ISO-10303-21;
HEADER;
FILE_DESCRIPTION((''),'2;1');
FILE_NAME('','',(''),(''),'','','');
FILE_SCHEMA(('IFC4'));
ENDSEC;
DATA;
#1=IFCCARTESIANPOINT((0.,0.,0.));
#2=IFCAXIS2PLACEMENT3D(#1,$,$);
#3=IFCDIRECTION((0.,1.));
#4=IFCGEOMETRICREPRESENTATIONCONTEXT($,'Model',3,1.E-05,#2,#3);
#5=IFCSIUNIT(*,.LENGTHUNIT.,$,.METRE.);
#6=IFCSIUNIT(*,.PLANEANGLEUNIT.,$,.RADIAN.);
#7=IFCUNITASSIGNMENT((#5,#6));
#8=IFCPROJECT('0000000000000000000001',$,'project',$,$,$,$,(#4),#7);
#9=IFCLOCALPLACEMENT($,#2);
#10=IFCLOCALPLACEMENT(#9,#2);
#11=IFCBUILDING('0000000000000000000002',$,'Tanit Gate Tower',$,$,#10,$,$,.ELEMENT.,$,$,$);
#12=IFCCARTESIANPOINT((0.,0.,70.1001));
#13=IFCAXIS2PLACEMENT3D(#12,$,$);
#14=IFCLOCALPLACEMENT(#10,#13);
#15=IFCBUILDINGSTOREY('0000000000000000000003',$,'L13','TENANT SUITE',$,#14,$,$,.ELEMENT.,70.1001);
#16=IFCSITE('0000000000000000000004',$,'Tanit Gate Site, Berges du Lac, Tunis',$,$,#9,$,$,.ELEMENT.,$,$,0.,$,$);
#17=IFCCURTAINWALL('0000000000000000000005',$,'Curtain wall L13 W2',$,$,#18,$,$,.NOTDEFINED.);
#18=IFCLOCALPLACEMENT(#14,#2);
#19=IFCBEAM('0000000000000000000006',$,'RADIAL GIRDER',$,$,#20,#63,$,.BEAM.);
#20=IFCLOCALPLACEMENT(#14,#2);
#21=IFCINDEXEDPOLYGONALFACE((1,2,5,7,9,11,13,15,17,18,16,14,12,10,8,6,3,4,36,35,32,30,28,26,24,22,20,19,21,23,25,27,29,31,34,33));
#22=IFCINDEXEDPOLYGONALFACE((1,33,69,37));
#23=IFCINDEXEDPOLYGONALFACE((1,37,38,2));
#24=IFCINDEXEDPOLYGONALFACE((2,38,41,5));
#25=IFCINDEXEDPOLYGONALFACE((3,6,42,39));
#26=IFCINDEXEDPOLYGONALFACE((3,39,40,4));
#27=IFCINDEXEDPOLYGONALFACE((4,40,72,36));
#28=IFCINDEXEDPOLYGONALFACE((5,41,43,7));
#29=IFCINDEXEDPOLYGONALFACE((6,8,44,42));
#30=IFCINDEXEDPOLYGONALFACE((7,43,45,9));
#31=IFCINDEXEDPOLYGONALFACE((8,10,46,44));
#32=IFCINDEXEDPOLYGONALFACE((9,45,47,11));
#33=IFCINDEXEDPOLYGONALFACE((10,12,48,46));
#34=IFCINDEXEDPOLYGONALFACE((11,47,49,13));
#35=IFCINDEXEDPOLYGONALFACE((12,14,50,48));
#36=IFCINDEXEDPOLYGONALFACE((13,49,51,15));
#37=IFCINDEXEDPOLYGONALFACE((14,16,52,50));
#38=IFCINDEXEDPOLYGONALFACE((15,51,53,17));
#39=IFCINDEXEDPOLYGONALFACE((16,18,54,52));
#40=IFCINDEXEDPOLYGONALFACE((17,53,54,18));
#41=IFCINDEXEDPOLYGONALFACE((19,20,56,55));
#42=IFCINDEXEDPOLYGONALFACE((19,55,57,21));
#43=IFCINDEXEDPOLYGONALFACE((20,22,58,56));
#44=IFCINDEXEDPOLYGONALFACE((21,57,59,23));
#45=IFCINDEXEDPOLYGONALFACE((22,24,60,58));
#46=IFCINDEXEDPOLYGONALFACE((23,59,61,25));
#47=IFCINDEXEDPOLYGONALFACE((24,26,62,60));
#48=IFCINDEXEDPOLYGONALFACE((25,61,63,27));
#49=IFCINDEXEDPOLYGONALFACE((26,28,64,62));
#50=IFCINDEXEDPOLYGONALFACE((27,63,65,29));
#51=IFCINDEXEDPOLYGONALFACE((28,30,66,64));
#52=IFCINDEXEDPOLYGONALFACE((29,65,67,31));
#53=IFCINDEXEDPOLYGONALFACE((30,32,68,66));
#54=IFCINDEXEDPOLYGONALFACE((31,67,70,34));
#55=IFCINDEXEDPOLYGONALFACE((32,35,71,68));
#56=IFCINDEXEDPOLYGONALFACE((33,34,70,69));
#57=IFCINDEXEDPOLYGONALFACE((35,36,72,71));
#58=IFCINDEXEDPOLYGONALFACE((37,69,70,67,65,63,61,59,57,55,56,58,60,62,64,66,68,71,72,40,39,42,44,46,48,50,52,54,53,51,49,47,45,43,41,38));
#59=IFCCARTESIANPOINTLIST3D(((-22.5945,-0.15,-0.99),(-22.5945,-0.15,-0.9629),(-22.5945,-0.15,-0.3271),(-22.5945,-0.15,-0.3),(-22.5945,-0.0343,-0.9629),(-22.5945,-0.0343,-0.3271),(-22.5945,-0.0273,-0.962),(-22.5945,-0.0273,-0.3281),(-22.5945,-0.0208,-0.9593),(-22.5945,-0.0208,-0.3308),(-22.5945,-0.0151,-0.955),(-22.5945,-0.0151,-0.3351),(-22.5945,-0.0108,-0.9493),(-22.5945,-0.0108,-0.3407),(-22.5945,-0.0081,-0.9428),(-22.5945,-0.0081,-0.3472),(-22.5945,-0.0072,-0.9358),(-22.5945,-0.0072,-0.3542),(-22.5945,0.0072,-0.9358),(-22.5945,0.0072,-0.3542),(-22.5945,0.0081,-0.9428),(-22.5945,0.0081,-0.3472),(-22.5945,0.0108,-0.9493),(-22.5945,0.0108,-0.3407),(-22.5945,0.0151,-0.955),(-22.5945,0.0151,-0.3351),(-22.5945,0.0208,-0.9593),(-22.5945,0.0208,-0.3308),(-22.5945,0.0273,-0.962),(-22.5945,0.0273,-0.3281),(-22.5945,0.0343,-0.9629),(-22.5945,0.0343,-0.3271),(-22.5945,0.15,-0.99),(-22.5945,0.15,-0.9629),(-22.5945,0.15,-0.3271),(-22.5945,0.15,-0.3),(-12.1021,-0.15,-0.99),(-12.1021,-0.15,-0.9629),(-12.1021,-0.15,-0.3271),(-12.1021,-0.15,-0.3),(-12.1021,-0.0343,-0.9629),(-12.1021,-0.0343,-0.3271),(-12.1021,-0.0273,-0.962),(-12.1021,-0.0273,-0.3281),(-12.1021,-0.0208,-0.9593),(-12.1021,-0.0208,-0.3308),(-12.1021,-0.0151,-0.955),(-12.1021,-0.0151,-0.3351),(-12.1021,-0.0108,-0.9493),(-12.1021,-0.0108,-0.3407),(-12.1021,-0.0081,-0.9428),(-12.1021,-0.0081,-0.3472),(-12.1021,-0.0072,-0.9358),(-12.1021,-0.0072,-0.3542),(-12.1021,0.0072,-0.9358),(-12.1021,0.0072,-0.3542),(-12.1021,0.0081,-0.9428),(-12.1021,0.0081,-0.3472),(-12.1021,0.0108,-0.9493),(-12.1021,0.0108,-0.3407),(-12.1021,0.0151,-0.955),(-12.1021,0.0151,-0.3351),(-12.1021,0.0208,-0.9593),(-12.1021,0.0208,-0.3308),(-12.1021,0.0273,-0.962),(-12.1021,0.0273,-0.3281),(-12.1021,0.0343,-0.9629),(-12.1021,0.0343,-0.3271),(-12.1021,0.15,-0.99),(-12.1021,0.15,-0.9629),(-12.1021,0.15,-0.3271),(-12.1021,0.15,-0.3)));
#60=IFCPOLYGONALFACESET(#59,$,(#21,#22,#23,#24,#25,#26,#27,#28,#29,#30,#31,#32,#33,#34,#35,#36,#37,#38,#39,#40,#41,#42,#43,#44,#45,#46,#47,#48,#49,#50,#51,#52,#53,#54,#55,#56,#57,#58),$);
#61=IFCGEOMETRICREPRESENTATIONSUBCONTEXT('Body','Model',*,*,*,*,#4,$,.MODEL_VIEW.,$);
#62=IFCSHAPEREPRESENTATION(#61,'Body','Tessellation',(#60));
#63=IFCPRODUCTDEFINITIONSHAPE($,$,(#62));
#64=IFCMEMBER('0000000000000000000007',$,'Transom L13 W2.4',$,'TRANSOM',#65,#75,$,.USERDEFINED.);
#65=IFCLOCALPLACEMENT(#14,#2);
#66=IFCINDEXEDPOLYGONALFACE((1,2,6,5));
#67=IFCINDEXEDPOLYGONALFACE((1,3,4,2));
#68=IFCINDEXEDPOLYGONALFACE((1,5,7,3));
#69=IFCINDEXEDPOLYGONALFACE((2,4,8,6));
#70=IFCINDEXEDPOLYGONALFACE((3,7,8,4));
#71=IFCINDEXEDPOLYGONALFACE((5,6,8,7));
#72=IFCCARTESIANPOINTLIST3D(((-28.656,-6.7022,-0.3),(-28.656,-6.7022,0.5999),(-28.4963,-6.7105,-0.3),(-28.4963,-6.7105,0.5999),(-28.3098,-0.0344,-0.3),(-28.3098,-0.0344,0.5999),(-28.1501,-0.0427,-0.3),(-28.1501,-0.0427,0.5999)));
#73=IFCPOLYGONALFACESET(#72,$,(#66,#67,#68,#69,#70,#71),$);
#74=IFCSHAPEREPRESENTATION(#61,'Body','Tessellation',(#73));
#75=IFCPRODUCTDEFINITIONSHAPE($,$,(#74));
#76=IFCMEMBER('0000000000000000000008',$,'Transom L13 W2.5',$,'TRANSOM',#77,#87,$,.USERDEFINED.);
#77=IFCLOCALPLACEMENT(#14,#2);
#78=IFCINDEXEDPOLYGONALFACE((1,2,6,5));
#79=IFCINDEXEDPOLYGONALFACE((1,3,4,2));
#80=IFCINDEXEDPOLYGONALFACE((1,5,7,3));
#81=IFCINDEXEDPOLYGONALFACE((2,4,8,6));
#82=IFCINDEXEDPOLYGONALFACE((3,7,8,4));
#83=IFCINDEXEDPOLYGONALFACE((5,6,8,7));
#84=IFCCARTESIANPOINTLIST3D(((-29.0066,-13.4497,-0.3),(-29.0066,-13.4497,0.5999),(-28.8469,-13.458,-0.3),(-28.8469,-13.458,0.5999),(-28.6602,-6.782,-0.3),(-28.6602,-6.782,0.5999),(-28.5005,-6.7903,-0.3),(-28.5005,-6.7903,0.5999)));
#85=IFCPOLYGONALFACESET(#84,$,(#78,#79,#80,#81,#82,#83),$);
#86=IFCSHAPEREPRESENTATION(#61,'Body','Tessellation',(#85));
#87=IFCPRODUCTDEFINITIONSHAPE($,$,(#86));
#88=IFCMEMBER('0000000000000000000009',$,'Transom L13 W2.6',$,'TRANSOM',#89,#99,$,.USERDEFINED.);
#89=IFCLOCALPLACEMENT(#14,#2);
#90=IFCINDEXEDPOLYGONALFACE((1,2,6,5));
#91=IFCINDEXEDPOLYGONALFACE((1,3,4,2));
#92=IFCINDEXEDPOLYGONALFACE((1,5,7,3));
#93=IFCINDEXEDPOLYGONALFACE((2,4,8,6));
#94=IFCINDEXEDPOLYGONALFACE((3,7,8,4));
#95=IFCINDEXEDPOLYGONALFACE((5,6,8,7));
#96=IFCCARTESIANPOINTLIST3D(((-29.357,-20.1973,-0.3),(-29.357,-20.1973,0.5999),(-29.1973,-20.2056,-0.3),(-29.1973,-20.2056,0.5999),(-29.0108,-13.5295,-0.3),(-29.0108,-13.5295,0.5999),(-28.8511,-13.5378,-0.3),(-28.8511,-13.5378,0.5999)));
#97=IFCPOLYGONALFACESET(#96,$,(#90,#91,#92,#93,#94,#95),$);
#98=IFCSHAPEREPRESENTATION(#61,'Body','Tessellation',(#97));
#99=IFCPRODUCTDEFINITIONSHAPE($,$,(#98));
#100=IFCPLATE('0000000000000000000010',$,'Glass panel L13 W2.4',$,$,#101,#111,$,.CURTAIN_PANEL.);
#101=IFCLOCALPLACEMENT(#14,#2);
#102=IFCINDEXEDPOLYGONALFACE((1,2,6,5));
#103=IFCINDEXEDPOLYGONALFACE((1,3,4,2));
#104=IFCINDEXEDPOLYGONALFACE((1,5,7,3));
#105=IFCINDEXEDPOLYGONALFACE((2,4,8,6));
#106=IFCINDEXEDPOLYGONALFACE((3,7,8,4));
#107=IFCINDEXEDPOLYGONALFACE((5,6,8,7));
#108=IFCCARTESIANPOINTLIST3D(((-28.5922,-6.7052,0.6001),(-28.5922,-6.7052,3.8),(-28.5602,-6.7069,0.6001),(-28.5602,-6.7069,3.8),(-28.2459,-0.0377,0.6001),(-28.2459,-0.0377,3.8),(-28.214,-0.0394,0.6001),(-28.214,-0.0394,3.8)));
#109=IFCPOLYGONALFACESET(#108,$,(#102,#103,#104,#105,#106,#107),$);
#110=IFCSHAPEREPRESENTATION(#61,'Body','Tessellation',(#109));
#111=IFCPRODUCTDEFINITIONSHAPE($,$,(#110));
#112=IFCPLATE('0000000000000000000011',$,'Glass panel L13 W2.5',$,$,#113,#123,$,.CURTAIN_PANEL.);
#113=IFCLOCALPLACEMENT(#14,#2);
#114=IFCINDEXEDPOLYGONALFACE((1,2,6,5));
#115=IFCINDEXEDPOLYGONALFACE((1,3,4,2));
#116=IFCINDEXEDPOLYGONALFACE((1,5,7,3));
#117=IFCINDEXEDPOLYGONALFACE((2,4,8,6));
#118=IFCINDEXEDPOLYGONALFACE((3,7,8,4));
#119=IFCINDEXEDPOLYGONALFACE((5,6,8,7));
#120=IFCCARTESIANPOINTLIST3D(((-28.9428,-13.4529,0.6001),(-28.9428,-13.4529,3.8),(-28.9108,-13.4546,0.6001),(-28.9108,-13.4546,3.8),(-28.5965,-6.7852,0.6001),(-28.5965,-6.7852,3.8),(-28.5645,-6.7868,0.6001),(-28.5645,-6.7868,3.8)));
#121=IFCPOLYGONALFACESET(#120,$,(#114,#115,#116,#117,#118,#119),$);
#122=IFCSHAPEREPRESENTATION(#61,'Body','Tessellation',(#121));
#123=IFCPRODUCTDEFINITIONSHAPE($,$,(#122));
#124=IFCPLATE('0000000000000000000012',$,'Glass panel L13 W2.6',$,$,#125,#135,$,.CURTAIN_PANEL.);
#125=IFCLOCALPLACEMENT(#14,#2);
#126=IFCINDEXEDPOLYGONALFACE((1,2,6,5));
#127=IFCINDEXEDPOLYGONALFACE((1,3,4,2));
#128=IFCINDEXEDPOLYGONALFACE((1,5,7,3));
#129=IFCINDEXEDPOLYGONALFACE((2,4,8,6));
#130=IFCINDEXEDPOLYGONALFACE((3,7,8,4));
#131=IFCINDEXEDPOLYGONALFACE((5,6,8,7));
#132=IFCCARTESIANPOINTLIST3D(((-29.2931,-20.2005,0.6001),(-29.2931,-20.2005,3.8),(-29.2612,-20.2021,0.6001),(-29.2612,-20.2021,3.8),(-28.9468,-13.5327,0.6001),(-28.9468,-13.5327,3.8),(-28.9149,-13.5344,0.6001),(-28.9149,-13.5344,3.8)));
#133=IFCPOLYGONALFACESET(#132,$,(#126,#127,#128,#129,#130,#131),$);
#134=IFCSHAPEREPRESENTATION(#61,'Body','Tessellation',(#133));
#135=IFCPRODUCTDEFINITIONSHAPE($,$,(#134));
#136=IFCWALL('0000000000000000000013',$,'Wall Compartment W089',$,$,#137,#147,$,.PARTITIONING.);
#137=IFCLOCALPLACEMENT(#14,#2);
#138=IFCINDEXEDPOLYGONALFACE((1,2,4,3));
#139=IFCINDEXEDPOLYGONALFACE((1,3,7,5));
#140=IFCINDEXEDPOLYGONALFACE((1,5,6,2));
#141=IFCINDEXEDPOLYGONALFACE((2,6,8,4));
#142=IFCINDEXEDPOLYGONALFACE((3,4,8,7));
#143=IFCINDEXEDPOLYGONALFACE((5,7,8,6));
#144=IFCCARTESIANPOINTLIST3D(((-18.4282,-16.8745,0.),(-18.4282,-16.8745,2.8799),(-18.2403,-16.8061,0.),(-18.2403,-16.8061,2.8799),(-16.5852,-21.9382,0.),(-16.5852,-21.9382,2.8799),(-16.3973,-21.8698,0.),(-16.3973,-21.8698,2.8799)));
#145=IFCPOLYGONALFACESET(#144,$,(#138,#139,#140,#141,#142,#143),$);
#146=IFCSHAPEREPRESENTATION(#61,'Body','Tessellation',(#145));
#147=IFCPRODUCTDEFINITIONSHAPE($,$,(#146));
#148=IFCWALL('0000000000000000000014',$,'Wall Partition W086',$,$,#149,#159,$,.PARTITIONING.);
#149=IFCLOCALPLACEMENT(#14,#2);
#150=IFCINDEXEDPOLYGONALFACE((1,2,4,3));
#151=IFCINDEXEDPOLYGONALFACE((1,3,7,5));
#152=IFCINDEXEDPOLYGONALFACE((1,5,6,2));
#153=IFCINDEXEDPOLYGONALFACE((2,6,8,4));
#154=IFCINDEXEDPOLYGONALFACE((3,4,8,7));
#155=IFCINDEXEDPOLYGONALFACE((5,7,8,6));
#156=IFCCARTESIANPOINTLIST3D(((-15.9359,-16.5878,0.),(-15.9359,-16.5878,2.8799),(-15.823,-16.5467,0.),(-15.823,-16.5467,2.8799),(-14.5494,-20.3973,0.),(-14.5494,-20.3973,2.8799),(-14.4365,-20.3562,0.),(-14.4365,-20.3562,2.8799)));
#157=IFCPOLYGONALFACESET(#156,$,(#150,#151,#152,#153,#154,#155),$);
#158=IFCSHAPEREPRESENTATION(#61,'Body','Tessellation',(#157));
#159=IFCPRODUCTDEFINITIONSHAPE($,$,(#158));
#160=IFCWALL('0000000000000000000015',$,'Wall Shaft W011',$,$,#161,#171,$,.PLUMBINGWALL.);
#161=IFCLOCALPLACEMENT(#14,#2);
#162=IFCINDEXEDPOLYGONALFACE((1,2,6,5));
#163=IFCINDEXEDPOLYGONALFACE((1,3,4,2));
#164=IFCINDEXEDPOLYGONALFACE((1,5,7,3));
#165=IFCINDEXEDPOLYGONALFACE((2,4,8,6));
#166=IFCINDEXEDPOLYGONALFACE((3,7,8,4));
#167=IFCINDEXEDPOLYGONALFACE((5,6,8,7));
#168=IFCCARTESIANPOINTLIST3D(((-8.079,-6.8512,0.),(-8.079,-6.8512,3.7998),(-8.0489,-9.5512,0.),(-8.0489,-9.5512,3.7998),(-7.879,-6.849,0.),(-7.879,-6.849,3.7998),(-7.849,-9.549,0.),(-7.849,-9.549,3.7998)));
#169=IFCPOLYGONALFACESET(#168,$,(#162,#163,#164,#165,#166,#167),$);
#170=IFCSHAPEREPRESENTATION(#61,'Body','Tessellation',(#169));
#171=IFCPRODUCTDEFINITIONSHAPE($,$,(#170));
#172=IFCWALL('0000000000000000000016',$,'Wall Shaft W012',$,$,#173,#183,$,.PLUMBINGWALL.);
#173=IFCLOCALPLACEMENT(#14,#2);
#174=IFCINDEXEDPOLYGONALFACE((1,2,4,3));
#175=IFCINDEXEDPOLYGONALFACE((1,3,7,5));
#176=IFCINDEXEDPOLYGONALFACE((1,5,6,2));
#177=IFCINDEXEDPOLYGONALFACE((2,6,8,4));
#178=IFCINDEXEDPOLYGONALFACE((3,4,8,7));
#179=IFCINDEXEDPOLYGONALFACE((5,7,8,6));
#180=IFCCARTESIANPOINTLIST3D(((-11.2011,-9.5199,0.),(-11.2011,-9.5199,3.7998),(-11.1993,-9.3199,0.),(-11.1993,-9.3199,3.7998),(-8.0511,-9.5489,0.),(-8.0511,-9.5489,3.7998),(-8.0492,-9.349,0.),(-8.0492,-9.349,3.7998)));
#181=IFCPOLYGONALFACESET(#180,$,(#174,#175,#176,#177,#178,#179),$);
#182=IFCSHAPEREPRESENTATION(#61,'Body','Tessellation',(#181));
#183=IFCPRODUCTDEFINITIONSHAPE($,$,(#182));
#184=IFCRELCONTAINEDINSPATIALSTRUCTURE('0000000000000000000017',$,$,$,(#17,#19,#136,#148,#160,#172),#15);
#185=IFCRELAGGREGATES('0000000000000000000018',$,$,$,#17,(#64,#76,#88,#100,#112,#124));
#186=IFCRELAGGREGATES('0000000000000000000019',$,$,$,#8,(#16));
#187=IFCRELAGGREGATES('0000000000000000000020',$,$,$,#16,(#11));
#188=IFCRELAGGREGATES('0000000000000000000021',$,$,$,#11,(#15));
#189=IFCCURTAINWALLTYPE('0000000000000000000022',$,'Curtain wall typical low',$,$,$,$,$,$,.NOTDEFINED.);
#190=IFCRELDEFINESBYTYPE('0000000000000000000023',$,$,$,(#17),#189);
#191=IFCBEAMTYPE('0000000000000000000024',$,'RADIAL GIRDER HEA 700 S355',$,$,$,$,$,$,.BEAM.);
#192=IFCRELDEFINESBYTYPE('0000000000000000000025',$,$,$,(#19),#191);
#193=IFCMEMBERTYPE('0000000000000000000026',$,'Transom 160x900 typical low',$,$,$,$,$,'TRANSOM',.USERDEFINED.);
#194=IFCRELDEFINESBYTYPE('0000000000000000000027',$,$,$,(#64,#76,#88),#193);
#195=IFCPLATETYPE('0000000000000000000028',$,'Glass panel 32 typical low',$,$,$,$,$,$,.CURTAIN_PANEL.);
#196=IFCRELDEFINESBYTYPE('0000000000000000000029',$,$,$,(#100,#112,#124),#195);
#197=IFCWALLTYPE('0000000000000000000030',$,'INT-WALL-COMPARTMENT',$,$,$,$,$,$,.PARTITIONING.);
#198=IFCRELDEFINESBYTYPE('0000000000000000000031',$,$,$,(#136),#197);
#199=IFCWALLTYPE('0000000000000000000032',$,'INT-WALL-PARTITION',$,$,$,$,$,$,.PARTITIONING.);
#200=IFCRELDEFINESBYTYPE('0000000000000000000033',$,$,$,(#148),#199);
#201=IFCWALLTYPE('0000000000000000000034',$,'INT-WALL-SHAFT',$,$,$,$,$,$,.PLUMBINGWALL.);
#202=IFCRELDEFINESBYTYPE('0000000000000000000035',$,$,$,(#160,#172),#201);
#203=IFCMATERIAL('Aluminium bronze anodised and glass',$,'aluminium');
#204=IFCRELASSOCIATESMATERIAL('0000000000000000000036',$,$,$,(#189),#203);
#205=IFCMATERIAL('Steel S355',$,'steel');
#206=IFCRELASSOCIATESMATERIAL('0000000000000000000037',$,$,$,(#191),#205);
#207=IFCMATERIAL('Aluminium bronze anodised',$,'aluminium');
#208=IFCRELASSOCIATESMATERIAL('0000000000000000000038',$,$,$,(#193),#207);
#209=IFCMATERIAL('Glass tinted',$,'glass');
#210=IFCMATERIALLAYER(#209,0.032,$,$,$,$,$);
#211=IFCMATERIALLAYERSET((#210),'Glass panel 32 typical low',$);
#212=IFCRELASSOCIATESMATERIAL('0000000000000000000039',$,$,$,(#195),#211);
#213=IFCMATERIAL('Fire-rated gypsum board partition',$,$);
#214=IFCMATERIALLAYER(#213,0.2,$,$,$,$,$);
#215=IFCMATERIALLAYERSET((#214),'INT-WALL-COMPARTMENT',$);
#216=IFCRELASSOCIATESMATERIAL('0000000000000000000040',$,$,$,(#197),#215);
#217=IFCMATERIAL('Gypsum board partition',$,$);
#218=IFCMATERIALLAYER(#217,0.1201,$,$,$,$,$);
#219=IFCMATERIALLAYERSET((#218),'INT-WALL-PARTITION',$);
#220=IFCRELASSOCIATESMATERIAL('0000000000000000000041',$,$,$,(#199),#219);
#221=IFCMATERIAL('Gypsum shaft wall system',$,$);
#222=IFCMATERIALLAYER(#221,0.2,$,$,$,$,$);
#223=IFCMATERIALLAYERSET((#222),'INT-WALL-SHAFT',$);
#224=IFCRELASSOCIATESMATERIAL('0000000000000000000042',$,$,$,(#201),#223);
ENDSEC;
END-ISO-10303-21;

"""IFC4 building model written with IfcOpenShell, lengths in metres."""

from ifc_helpers import new_model, si_unit, direction, frame, frame_2d, origin, origin_2d, place, context, subcontext, project, spatial, rectangle, i_section, extrude, material, layer, layer_set, material_profile, profile_set, type_object, element, aggregate, save


model = new_model("IFC4")

# Units and contexts
model_context = context("Model", 3, precision=1e-05, world=origin(), true_north=direction((0.0, 1.0)))
body_context = subcontext(model_context, "Body", "Model", "MODEL_VIEW")
ifc_project = project(units=[si_unit("LENGTHUNIT", "METRE"), si_unit("PLANEANGLEUNIT", "RADIAN")], contexts=[model_context])

# Site, building, storey
site_placement = place(None, origin())
site = spatial("IfcSite", under=ifc_project, at=site_placement, Name="Tanit Gate Site, Berges du Lac, Tunis", CompositionType="ELEMENT", RefElevation=0.0)
building_placement = place(site_placement, origin())
building = spatial("IfcBuilding", under=site, at=building_placement, Name="Tanit Gate Tower", CompositionType="ELEMENT")
storey_placement = place(building_placement, frame((0.0, 0.0, 70.1001)))
storey = spatial("IfcBuildingStorey", under=building, at=storey_placement, Name="L13", Description="TENANT SUITE", CompositionType="ELEMENT", Elevation=70.1001)

# Curtain wall
ifc_material_1 = material(Name="Aluminium bronze anodised and glass", Category="aluminium")
curtain_wall_type = type_object("IfcCurtainWallType", Name="Curtain wall typical low", PredefinedType="NOTDEFINED", material=ifc_material_1)
curtain_wall_placement = place(storey_placement, origin())
curtain_wall = element("IfcCurtainWall", 1, at=curtain_wall_placement, inside=storey, type_object=curtain_wall_type, Name="Curtain wall L13 W2", PredefinedType="NOTDEFINED")

# Beam
ifc_material_2 = material(Name="Steel S355", Category="steel")
ifc_material_profile_1 = material_profile(ifc_material_2, i_section(OverallWidth=0.3, OverallDepth=0.6899, WebThickness=0.0144, FlangeThickness=0.0271, FilletRadius=0.0271, at=origin_2d()), Name="HEA 700")
ifc_profile_set_1 = profile_set([ifc_material_profile_1], Name="Steel S355")
beam_type = type_object("IfcBeamType", Name="RADIAL GIRDER HEA 700 S355", PredefinedType="BEAM", material=ifc_profile_set_1)
beam_1_placement = place(storey_placement, frame((-22.5945, 0.0, -0.645), z_axis=(1.0, 0.0, 0.0), x_axis=(0.0, 1.0, 0.0)))
element("IfcBeam", 2, at=beam_1_placement, inside=storey, type_object=beam_type, Name="RADIAL GIRDER", PredefinedType="BEAM", context=body_context, shape_type="SweptSolid", body=[
    extrude(i_section(OverallWidth=0.3, OverallDepth=0.6899, WebThickness=0.0144, FlangeThickness=0.0271, FilletRadius=0.0271, at=origin_2d()), origin(), (0.0, 0.0, 1.0), 10.4924),
])

# Members
ifc_material_3 = material(Name="Aluminium bronze anodised", Category="aluminium")
ifc_material_profile_2 = material_profile(ifc_material_3, rectangle(XDim=0.1599, YDim=0.8999, at=origin_2d()), Name="160x900 bronze transom")
ifc_profile_set_2 = profile_set([ifc_material_profile_2], Name="Aluminium bronze anodised")
member_type_1 = type_object("IfcMemberType", Name="Transom 160x900 typical low", ElementType="TRANSOM", PredefinedType="USERDEFINED", material=ifc_profile_set_2)
member_1_placement = place(storey_placement, frame((-28.23, -0.0386, 0.1499), z_axis=(-0.051851, -0.998655, 0.0), x_axis=(0.998655, -0.051851, 0.0)))
member_1 = element("IfcMember", 3, at=member_1_placement, type_object=member_type_1, Name="Transom L13 W2.4", ObjectType="TRANSOM", PredefinedType="USERDEFINED", context=body_context, shape_type="SweptSolid", body=[
    extrude(rectangle(XDim=0.1599, YDim=0.8999, at=origin_2d()), origin(), (0.0, 0.0, 1.0), 6.6768),
])
member_2_placement = place(storey_placement, frame((-28.5803, -6.7861, 0.1499), z_axis=(-0.051887, -0.998653, 0.0), x_axis=(0.998653, -0.051887, 0.0)))
member_2 = element("IfcMember", 4, at=member_2_placement, type_object=member_type_1, Name="Transom L13 W2.5", ObjectType="TRANSOM", PredefinedType="USERDEFINED", context=body_context, shape_type="SweptSolid", body=[
    extrude(rectangle(XDim=0.1599, YDim=0.8999, at=origin_2d()), origin(), (0.0, 0.0, 1.0), 6.6768),
])
member_3_placement = place(storey_placement, frame((-28.9309, -13.5337, 0.1499), z_axis=(-0.051851, -0.998655, 0.0), x_axis=(0.998655, -0.051851, 0.0)))
member_3 = element("IfcMember", 5, at=member_3_placement, type_object=member_type_1, Name="Transom L13 W2.6", ObjectType="TRANSOM", PredefinedType="USERDEFINED", context=body_context, shape_type="SweptSolid", body=[
    extrude(rectangle(XDim=0.1599, YDim=0.8999, at=origin_2d()), origin(), (0.0, 0.0, 1.0), 6.6768),
])

# Plates
ifc_material_4 = material(Name="Glass tinted", Category="glass")
ifc_layer_1 = layer(ifc_material_4, 0.032)
ifc_layer_set_1 = layer_set([ifc_layer_1], Name="Glass panel 32 typical low")
plate_type = type_object("IfcPlateType", Name="Glass panel 32 typical low", PredefinedType="CURTAIN_PANEL", material=ifc_layer_set_1)
plate_1_placement = place(storey_placement, frame((-28.4031, -3.3723, 0.6001), z_axis=(0.0, 0.0, 1.0), x_axis=(-0.051865, -0.998654, 0.0)))
plate_1 = element("IfcPlate", 6, at=plate_1_placement, type_object=plate_type, Name="Glass panel L13 W2.4", PredefinedType="CURTAIN_PANEL", context=body_context, shape_type="SweptSolid", body=[
    extrude(rectangle(XDim=6.6765, YDim=0.032, at=origin_2d()), origin(), (0.0, 0.0, 1.0), 3.2),
])
plate_2_placement = place(storey_placement, frame((-28.7537, -10.1199, 0.6001), z_axis=(0.0, 0.0, 1.0), x_axis=(-0.051865, -0.998654, 0.0)))
plate_2 = element("IfcPlate", 7, at=plate_2_placement, type_object=plate_type, Name="Glass panel L13 W2.5", PredefinedType="CURTAIN_PANEL", context=body_context, shape_type="SweptSolid", body=[
    extrude(rectangle(XDim=6.6768, YDim=0.032, at=origin_2d()), origin(), (0.0, 0.0, 1.0), 3.2),
])
plate_3_placement = place(storey_placement, frame((-29.104, -16.8674, 0.6001), z_axis=(0.0, 0.0, 1.0), x_axis=(-0.051865, -0.998654, 0.0)))
plate_3 = element("IfcPlate", 8, at=plate_3_placement, type_object=plate_type, Name="Glass panel L13 W2.6", PredefinedType="CURTAIN_PANEL", context=body_context, shape_type="SweptSolid", body=[
    extrude(rectangle(XDim=6.6768, YDim=0.032, at=origin_2d()), origin(), (0.0, 0.0, 1.0), 3.2),
])
aggregate(curtain_wall, [member_1, member_2, member_3, plate_1, plate_2, plate_3])

# Walls
ifc_material_5 = material(Name="Fire-rated gypsum board partition")
ifc_layer_2 = layer(ifc_material_5, 0.2)
ifc_layer_set_2 = layer_set([ifc_layer_2], Name="INT-WALL-COMPARTMENT")
wall_type_1 = type_object("IfcWallType", Name="INT-WALL-COMPARTMENT", PredefinedType="PARTITIONING", material=ifc_layer_set_2)
wall_1_placement = place(storey_placement, frame((-18.3342, -16.8403, 0.0), z_axis=(0.0, 0.0, 1.0), x_axis=(0.342016, -0.939694, 0.0)))
element("IfcWall", 9, at=wall_1_placement, inside=storey, type_object=wall_type_1, Name="Wall Compartment W089", PredefinedType="PARTITIONING", context=body_context, shape_type="SweptSolid", body=[
    extrude(rectangle(XDim=5.3887, YDim=0.2, at=frame_2d((2.6943, 0.0))), origin(), (0.0, 0.0, 1.0), 2.8799),
])
ifc_material_6 = material(Name="Gypsum board partition")
ifc_layer_3 = layer(ifc_material_6, 0.1201)
ifc_layer_set_3 = layer_set([ifc_layer_3], Name="INT-WALL-PARTITION")
wall_type_2 = type_object("IfcWallType", Name="INT-WALL-PARTITION", PredefinedType="PARTITIONING", material=ifc_layer_set_3)
wall_2_placement = place(storey_placement, frame((-15.8794, -16.5674, 0.0), z_axis=(0.0, 0.0, 1.0), x_axis=(0.341999, -0.9397, 0.0)))
element("IfcWall", 10, at=wall_2_placement, inside=storey, type_object=wall_type_2, Name="Wall Partition W086", PredefinedType="PARTITIONING", context=body_context, shape_type="SweptSolid", body=[
    extrude(rectangle(XDim=4.054, YDim=0.1201, at=frame_2d((2.0269, 0.0))), origin(), (0.0, 0.0, 1.0), 2.8799),
])
ifc_material_7 = material(Name="Gypsum shaft wall system")
ifc_layer_4 = layer(ifc_material_7, 0.2)
ifc_layer_set_4 = layer_set([ifc_layer_4], Name="INT-WALL-SHAFT")
wall_type_3 = type_object("IfcWallType", Name="INT-WALL-SHAFT", PredefinedType="PLUMBINGWALL", material=ifc_layer_set_4)
wall_3_placement = place(storey_placement, frame((-7.979, -6.8501, 0.0), z_axis=(0.0, 0.0, 1.0), x_axis=(0.011121, -0.999938, 0.0)))
element("IfcWall", 11, at=wall_3_placement, inside=storey, type_object=wall_type_3, Name="Wall Shaft W011", PredefinedType="PLUMBINGWALL", context=body_context, shape_type="SweptSolid", body=[
    extrude(rectangle(XDim=2.7002, YDim=0.2, at=frame_2d((1.3501, 0.0))), origin(), (0.0, 0.0, 1.0), 3.7998),
])
wall_4_placement = place(storey_placement, frame((-8.05, -9.449, 0.0), z_axis=(0.0, 0.0, 1.0), x_axis=(-0.999957, 0.009223, 0.0)))
element("IfcWall", 12, at=wall_4_placement, inside=storey, type_object=wall_type_3, Name="Wall Shaft W012", PredefinedType="PLUMBINGWALL", context=body_context, shape_type="SweptSolid", body=[
    extrude(rectangle(XDim=3.1501, YDim=0.2, at=frame_2d((1.5752, 0.0))), origin(), (0.0, 0.0, 1.0), 3.7998),
])

save(model, "model.ifc")
